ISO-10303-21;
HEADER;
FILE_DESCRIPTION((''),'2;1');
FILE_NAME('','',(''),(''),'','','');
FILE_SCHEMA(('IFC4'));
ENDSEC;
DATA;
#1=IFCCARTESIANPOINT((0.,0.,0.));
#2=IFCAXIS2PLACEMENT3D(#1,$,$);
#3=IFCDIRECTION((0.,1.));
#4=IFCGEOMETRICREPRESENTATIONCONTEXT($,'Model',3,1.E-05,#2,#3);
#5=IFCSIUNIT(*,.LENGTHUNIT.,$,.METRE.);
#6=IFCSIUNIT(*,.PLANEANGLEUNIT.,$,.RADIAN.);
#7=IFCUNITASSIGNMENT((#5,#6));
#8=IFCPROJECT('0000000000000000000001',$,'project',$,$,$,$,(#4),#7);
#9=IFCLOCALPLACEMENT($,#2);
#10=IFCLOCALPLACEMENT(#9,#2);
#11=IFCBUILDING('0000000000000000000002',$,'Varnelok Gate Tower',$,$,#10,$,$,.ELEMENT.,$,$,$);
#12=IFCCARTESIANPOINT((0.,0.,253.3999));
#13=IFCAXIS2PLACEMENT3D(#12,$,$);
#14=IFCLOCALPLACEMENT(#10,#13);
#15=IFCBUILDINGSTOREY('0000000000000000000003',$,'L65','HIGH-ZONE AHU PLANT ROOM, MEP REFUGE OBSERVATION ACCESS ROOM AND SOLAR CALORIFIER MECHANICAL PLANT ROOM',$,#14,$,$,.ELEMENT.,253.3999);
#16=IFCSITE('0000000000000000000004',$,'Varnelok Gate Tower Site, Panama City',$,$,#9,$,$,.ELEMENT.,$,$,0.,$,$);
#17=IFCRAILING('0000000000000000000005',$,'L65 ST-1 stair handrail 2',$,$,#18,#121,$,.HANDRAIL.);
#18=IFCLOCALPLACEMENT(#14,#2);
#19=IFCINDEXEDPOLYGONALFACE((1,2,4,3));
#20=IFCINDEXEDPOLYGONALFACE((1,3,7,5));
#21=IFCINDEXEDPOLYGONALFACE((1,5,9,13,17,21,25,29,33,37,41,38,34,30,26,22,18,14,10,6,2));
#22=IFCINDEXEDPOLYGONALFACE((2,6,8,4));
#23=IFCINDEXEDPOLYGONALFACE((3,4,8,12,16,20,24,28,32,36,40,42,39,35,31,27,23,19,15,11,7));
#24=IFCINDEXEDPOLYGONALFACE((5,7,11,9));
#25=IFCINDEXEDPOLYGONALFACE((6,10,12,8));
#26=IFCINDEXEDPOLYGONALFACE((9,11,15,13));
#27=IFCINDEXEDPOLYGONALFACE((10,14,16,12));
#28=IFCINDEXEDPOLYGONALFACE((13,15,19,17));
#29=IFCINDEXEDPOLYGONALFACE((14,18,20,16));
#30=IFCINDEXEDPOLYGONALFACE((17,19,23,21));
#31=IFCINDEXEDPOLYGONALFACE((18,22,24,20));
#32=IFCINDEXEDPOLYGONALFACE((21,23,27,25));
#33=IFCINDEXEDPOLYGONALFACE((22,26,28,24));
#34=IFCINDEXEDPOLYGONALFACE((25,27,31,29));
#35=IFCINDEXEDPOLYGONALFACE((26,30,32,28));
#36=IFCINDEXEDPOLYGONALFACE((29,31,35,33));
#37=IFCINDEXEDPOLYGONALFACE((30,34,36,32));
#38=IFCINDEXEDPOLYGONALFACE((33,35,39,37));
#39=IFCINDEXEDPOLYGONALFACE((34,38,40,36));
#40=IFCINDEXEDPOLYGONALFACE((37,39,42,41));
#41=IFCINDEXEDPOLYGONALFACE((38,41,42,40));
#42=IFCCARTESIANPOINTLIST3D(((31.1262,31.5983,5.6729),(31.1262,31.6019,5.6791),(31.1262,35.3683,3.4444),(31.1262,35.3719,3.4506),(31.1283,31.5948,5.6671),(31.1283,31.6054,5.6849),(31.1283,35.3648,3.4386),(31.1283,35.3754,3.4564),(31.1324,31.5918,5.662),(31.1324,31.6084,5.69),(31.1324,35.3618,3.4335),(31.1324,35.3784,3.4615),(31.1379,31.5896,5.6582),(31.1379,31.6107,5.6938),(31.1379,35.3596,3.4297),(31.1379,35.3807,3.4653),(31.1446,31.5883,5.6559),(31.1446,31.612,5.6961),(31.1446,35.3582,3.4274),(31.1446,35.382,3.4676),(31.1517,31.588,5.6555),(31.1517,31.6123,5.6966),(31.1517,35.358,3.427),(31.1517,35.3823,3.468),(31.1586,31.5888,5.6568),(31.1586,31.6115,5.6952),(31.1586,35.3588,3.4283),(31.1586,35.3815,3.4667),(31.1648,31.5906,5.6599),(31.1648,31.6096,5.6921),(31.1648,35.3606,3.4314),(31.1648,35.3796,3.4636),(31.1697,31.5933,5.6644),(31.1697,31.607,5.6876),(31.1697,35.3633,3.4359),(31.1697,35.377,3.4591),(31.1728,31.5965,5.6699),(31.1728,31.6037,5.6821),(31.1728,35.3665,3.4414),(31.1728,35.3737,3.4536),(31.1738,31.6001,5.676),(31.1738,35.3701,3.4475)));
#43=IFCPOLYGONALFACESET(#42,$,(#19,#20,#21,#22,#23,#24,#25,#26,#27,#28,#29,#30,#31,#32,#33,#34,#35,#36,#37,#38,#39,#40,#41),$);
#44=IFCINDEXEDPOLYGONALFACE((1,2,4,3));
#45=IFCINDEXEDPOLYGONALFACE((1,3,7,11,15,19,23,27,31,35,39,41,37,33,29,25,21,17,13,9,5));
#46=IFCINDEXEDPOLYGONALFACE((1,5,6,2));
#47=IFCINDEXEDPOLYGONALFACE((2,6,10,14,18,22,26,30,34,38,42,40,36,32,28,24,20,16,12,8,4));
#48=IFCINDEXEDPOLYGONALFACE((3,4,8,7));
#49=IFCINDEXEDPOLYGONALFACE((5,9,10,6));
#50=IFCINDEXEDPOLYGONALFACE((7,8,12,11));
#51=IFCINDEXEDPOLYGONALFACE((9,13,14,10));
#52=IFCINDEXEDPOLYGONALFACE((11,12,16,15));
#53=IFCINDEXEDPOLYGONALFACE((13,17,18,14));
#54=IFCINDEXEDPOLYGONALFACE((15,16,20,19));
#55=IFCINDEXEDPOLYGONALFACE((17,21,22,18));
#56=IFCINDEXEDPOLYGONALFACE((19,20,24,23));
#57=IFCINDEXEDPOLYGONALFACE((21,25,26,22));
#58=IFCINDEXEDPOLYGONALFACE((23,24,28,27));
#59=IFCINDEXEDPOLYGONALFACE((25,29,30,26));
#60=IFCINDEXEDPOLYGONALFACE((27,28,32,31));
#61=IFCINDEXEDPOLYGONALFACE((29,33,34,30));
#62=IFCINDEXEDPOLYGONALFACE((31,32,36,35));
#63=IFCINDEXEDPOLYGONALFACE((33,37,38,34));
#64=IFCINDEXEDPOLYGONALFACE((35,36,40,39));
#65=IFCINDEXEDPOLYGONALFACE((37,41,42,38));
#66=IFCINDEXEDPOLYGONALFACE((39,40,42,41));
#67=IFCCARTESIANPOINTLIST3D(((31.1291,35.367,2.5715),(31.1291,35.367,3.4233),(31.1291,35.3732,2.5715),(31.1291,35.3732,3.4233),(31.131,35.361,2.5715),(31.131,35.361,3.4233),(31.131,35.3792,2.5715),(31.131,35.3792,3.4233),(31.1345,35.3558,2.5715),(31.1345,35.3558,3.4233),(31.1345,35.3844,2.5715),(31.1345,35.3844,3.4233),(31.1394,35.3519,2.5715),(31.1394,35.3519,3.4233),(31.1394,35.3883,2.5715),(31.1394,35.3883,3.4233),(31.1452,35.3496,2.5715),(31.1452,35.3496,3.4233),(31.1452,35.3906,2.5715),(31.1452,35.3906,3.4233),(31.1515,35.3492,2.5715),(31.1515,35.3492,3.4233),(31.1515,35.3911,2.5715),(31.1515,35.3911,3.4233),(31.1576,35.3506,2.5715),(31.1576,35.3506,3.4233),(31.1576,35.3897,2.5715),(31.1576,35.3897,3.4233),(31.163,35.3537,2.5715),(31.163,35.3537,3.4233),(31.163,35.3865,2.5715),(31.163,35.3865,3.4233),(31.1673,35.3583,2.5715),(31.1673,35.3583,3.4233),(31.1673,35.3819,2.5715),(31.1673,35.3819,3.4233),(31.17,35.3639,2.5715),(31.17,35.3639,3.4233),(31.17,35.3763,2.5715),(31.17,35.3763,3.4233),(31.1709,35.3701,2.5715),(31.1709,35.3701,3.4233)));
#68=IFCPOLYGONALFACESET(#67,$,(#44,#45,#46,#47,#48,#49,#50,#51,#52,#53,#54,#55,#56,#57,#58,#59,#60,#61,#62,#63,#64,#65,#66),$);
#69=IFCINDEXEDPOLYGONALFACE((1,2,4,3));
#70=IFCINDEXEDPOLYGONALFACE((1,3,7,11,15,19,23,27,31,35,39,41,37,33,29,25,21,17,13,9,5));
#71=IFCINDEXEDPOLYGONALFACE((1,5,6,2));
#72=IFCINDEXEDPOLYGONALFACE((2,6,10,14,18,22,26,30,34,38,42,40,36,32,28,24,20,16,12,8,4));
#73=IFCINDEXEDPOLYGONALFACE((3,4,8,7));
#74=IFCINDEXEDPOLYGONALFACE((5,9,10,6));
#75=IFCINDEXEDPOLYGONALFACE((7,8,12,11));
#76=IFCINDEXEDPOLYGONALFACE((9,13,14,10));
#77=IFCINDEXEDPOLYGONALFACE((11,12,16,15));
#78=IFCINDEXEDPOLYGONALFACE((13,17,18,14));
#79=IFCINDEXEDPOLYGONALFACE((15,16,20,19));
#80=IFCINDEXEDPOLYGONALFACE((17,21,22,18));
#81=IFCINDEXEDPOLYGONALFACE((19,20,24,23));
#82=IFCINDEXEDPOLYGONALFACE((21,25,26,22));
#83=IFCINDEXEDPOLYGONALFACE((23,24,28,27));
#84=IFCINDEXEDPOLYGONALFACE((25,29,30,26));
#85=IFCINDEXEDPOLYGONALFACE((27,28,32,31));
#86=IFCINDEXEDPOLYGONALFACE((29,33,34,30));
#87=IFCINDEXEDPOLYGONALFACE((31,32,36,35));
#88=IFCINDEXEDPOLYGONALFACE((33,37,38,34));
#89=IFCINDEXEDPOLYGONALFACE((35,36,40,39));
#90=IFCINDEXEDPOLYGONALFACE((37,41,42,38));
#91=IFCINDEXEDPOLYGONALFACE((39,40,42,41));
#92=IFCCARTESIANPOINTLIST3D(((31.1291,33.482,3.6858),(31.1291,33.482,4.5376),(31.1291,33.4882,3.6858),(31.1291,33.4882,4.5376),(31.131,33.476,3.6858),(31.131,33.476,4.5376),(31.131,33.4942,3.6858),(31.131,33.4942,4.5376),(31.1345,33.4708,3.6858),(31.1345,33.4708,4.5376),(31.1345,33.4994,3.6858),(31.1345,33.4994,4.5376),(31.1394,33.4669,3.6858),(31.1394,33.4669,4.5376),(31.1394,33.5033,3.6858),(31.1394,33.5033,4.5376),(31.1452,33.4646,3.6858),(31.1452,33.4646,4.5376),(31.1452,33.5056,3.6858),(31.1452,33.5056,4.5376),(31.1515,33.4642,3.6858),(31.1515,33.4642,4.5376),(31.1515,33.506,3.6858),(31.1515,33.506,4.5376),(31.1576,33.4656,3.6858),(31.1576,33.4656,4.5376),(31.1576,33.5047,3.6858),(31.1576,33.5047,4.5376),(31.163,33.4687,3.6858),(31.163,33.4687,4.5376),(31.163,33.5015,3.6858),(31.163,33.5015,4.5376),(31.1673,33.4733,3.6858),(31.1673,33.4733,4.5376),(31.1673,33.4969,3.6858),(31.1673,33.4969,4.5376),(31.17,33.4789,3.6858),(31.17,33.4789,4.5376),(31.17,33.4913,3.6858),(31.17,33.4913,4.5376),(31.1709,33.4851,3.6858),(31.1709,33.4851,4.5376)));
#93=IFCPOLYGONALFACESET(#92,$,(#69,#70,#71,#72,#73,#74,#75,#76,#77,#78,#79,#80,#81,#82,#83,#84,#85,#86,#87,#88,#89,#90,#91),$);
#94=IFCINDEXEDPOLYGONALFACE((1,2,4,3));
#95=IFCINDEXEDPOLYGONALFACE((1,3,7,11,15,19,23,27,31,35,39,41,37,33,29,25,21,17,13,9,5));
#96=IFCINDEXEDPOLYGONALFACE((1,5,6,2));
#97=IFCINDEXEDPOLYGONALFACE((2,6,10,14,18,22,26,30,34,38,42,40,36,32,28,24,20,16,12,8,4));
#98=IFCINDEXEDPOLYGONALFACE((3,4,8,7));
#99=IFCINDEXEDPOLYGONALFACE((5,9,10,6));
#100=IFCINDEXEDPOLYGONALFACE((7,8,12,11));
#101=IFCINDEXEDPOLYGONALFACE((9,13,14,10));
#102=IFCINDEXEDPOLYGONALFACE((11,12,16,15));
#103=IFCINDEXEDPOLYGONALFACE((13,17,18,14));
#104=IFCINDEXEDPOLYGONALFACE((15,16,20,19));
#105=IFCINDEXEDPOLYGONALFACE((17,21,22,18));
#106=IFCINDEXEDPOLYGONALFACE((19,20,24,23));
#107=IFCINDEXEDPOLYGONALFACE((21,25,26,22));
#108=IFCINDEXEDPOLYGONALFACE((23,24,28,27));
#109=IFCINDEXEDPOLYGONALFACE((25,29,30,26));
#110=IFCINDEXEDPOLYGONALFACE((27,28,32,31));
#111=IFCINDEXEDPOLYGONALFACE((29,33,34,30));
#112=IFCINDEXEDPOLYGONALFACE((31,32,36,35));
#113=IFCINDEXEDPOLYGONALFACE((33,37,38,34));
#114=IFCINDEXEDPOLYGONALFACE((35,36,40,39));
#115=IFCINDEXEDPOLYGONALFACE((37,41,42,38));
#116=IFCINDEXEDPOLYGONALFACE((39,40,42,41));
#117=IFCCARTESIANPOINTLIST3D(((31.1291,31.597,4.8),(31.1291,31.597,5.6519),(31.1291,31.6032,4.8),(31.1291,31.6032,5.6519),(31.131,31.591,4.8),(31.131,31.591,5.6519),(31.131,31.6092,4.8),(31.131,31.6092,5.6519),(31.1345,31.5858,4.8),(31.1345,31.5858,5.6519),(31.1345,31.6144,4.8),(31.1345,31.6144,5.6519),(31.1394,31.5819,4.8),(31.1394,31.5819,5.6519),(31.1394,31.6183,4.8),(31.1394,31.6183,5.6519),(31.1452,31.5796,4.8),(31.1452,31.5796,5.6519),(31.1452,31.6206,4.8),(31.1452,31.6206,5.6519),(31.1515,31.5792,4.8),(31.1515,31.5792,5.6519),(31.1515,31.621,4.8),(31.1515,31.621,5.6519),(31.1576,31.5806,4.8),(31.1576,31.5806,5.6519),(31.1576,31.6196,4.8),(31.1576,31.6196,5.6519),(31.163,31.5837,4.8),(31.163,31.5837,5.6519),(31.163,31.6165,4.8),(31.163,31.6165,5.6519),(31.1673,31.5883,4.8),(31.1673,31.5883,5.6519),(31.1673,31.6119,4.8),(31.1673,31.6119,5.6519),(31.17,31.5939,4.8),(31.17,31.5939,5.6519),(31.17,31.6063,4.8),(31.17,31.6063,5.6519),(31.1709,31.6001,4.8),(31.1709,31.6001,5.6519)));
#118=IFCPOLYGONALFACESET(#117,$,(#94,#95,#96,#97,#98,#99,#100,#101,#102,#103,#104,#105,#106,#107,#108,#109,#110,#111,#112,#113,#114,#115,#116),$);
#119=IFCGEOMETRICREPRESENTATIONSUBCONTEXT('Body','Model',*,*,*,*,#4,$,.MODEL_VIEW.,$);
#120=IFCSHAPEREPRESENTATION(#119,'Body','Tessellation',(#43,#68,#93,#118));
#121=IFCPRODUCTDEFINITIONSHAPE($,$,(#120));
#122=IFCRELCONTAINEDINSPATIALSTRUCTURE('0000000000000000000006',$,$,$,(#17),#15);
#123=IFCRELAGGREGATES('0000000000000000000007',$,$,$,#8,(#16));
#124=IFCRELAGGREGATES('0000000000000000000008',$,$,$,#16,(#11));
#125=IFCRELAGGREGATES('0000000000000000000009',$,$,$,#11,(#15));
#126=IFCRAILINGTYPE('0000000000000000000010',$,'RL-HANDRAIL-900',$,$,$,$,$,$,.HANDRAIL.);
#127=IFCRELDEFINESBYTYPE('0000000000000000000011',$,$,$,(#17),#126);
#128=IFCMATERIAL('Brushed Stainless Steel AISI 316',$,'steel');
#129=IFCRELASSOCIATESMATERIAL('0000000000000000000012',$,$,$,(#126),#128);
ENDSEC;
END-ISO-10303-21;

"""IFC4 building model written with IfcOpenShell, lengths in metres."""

from ifc_helpers import new_model, si_unit, direction, frame, origin, origin_2d, place, context, subcontext, project, spatial, circle, extrude, material, type_object, element, save


model = new_model("IFC4")

# Units and contexts
model_context = context("Model", 3, precision=1e-05, world=origin(), true_north=direction((0.0, 1.0)))
body_context = subcontext(model_context, "Body", "Model", "MODEL_VIEW")
ifc_project = project(units=[si_unit("LENGTHUNIT", "METRE"), si_unit("PLANEANGLEUNIT", "RADIAN")], contexts=[model_context])

# Site, building, storey
site_placement = place(None, origin())
site = spatial("IfcSite", under=ifc_project, at=site_placement, Name="Varnelok Gate Tower Site, Panama City", CompositionType="ELEMENT", RefElevation=0.0)
building_placement = place(site_placement, origin())
building = spatial("IfcBuilding", under=site, at=building_placement, Name="Varnelok Gate Tower", CompositionType="ELEMENT")
storey_placement = place(building_placement, frame((0.0, 0.0, 253.3999)))
storey = spatial("IfcBuildingStorey", under=building, at=storey_placement, Name="L65", Description="HIGH-ZONE AHU PLANT ROOM, MEP REFUGE OBSERVATION ACCESS ROOM AND SOLAR CALORIFIER MECHANICAL PLANT ROOM", CompositionType="ELEMENT", Elevation=253.3999)

# Railing
ifc_material_1 = material(Name="Brushed Stainless Steel AISI 316", Category="steel")
railing_type_1 = type_object("IfcRailingType", Name="RL-HANDRAIL-900", PredefinedType="HANDRAIL", material=ifc_material_1)
railing_1_placement = place(storey_placement, frame((31.1499, 35.3701, 2.5715)))
element("IfcRailing", 1, at=railing_1_placement, inside=storey, type_object=railing_type_1, Name="L65 ST-1 stair handrail 2", PredefinedType="HANDRAIL", context=body_context, shape_type="SweptSolid", body=[
    extrude(circle(Radius=0.0239, at=origin_2d()), frame((0.0, 0.0, 0.876), z_axis=(0.0, -0.860849, 0.508861), x_axis=(1.0, 0.0, 0.0)), (0.0, 0.0, 1.0), 4.3794),
    extrude(circle(Radius=0.021, at=origin_2d()), origin(), (0.0, 0.0, 1.0), 0.8518),
    extrude(circle(Radius=0.021, at=origin_2d()), frame((0.0, -1.885, 1.1143)), (0.0, 0.0, 1.0), 0.8518),
    extrude(circle(Radius=0.021, at=origin_2d()), frame((0.0, -3.77, 2.2285)), (0.0, 0.0, 1.0), 0.8518),
])

save(model, "model.ifc")
